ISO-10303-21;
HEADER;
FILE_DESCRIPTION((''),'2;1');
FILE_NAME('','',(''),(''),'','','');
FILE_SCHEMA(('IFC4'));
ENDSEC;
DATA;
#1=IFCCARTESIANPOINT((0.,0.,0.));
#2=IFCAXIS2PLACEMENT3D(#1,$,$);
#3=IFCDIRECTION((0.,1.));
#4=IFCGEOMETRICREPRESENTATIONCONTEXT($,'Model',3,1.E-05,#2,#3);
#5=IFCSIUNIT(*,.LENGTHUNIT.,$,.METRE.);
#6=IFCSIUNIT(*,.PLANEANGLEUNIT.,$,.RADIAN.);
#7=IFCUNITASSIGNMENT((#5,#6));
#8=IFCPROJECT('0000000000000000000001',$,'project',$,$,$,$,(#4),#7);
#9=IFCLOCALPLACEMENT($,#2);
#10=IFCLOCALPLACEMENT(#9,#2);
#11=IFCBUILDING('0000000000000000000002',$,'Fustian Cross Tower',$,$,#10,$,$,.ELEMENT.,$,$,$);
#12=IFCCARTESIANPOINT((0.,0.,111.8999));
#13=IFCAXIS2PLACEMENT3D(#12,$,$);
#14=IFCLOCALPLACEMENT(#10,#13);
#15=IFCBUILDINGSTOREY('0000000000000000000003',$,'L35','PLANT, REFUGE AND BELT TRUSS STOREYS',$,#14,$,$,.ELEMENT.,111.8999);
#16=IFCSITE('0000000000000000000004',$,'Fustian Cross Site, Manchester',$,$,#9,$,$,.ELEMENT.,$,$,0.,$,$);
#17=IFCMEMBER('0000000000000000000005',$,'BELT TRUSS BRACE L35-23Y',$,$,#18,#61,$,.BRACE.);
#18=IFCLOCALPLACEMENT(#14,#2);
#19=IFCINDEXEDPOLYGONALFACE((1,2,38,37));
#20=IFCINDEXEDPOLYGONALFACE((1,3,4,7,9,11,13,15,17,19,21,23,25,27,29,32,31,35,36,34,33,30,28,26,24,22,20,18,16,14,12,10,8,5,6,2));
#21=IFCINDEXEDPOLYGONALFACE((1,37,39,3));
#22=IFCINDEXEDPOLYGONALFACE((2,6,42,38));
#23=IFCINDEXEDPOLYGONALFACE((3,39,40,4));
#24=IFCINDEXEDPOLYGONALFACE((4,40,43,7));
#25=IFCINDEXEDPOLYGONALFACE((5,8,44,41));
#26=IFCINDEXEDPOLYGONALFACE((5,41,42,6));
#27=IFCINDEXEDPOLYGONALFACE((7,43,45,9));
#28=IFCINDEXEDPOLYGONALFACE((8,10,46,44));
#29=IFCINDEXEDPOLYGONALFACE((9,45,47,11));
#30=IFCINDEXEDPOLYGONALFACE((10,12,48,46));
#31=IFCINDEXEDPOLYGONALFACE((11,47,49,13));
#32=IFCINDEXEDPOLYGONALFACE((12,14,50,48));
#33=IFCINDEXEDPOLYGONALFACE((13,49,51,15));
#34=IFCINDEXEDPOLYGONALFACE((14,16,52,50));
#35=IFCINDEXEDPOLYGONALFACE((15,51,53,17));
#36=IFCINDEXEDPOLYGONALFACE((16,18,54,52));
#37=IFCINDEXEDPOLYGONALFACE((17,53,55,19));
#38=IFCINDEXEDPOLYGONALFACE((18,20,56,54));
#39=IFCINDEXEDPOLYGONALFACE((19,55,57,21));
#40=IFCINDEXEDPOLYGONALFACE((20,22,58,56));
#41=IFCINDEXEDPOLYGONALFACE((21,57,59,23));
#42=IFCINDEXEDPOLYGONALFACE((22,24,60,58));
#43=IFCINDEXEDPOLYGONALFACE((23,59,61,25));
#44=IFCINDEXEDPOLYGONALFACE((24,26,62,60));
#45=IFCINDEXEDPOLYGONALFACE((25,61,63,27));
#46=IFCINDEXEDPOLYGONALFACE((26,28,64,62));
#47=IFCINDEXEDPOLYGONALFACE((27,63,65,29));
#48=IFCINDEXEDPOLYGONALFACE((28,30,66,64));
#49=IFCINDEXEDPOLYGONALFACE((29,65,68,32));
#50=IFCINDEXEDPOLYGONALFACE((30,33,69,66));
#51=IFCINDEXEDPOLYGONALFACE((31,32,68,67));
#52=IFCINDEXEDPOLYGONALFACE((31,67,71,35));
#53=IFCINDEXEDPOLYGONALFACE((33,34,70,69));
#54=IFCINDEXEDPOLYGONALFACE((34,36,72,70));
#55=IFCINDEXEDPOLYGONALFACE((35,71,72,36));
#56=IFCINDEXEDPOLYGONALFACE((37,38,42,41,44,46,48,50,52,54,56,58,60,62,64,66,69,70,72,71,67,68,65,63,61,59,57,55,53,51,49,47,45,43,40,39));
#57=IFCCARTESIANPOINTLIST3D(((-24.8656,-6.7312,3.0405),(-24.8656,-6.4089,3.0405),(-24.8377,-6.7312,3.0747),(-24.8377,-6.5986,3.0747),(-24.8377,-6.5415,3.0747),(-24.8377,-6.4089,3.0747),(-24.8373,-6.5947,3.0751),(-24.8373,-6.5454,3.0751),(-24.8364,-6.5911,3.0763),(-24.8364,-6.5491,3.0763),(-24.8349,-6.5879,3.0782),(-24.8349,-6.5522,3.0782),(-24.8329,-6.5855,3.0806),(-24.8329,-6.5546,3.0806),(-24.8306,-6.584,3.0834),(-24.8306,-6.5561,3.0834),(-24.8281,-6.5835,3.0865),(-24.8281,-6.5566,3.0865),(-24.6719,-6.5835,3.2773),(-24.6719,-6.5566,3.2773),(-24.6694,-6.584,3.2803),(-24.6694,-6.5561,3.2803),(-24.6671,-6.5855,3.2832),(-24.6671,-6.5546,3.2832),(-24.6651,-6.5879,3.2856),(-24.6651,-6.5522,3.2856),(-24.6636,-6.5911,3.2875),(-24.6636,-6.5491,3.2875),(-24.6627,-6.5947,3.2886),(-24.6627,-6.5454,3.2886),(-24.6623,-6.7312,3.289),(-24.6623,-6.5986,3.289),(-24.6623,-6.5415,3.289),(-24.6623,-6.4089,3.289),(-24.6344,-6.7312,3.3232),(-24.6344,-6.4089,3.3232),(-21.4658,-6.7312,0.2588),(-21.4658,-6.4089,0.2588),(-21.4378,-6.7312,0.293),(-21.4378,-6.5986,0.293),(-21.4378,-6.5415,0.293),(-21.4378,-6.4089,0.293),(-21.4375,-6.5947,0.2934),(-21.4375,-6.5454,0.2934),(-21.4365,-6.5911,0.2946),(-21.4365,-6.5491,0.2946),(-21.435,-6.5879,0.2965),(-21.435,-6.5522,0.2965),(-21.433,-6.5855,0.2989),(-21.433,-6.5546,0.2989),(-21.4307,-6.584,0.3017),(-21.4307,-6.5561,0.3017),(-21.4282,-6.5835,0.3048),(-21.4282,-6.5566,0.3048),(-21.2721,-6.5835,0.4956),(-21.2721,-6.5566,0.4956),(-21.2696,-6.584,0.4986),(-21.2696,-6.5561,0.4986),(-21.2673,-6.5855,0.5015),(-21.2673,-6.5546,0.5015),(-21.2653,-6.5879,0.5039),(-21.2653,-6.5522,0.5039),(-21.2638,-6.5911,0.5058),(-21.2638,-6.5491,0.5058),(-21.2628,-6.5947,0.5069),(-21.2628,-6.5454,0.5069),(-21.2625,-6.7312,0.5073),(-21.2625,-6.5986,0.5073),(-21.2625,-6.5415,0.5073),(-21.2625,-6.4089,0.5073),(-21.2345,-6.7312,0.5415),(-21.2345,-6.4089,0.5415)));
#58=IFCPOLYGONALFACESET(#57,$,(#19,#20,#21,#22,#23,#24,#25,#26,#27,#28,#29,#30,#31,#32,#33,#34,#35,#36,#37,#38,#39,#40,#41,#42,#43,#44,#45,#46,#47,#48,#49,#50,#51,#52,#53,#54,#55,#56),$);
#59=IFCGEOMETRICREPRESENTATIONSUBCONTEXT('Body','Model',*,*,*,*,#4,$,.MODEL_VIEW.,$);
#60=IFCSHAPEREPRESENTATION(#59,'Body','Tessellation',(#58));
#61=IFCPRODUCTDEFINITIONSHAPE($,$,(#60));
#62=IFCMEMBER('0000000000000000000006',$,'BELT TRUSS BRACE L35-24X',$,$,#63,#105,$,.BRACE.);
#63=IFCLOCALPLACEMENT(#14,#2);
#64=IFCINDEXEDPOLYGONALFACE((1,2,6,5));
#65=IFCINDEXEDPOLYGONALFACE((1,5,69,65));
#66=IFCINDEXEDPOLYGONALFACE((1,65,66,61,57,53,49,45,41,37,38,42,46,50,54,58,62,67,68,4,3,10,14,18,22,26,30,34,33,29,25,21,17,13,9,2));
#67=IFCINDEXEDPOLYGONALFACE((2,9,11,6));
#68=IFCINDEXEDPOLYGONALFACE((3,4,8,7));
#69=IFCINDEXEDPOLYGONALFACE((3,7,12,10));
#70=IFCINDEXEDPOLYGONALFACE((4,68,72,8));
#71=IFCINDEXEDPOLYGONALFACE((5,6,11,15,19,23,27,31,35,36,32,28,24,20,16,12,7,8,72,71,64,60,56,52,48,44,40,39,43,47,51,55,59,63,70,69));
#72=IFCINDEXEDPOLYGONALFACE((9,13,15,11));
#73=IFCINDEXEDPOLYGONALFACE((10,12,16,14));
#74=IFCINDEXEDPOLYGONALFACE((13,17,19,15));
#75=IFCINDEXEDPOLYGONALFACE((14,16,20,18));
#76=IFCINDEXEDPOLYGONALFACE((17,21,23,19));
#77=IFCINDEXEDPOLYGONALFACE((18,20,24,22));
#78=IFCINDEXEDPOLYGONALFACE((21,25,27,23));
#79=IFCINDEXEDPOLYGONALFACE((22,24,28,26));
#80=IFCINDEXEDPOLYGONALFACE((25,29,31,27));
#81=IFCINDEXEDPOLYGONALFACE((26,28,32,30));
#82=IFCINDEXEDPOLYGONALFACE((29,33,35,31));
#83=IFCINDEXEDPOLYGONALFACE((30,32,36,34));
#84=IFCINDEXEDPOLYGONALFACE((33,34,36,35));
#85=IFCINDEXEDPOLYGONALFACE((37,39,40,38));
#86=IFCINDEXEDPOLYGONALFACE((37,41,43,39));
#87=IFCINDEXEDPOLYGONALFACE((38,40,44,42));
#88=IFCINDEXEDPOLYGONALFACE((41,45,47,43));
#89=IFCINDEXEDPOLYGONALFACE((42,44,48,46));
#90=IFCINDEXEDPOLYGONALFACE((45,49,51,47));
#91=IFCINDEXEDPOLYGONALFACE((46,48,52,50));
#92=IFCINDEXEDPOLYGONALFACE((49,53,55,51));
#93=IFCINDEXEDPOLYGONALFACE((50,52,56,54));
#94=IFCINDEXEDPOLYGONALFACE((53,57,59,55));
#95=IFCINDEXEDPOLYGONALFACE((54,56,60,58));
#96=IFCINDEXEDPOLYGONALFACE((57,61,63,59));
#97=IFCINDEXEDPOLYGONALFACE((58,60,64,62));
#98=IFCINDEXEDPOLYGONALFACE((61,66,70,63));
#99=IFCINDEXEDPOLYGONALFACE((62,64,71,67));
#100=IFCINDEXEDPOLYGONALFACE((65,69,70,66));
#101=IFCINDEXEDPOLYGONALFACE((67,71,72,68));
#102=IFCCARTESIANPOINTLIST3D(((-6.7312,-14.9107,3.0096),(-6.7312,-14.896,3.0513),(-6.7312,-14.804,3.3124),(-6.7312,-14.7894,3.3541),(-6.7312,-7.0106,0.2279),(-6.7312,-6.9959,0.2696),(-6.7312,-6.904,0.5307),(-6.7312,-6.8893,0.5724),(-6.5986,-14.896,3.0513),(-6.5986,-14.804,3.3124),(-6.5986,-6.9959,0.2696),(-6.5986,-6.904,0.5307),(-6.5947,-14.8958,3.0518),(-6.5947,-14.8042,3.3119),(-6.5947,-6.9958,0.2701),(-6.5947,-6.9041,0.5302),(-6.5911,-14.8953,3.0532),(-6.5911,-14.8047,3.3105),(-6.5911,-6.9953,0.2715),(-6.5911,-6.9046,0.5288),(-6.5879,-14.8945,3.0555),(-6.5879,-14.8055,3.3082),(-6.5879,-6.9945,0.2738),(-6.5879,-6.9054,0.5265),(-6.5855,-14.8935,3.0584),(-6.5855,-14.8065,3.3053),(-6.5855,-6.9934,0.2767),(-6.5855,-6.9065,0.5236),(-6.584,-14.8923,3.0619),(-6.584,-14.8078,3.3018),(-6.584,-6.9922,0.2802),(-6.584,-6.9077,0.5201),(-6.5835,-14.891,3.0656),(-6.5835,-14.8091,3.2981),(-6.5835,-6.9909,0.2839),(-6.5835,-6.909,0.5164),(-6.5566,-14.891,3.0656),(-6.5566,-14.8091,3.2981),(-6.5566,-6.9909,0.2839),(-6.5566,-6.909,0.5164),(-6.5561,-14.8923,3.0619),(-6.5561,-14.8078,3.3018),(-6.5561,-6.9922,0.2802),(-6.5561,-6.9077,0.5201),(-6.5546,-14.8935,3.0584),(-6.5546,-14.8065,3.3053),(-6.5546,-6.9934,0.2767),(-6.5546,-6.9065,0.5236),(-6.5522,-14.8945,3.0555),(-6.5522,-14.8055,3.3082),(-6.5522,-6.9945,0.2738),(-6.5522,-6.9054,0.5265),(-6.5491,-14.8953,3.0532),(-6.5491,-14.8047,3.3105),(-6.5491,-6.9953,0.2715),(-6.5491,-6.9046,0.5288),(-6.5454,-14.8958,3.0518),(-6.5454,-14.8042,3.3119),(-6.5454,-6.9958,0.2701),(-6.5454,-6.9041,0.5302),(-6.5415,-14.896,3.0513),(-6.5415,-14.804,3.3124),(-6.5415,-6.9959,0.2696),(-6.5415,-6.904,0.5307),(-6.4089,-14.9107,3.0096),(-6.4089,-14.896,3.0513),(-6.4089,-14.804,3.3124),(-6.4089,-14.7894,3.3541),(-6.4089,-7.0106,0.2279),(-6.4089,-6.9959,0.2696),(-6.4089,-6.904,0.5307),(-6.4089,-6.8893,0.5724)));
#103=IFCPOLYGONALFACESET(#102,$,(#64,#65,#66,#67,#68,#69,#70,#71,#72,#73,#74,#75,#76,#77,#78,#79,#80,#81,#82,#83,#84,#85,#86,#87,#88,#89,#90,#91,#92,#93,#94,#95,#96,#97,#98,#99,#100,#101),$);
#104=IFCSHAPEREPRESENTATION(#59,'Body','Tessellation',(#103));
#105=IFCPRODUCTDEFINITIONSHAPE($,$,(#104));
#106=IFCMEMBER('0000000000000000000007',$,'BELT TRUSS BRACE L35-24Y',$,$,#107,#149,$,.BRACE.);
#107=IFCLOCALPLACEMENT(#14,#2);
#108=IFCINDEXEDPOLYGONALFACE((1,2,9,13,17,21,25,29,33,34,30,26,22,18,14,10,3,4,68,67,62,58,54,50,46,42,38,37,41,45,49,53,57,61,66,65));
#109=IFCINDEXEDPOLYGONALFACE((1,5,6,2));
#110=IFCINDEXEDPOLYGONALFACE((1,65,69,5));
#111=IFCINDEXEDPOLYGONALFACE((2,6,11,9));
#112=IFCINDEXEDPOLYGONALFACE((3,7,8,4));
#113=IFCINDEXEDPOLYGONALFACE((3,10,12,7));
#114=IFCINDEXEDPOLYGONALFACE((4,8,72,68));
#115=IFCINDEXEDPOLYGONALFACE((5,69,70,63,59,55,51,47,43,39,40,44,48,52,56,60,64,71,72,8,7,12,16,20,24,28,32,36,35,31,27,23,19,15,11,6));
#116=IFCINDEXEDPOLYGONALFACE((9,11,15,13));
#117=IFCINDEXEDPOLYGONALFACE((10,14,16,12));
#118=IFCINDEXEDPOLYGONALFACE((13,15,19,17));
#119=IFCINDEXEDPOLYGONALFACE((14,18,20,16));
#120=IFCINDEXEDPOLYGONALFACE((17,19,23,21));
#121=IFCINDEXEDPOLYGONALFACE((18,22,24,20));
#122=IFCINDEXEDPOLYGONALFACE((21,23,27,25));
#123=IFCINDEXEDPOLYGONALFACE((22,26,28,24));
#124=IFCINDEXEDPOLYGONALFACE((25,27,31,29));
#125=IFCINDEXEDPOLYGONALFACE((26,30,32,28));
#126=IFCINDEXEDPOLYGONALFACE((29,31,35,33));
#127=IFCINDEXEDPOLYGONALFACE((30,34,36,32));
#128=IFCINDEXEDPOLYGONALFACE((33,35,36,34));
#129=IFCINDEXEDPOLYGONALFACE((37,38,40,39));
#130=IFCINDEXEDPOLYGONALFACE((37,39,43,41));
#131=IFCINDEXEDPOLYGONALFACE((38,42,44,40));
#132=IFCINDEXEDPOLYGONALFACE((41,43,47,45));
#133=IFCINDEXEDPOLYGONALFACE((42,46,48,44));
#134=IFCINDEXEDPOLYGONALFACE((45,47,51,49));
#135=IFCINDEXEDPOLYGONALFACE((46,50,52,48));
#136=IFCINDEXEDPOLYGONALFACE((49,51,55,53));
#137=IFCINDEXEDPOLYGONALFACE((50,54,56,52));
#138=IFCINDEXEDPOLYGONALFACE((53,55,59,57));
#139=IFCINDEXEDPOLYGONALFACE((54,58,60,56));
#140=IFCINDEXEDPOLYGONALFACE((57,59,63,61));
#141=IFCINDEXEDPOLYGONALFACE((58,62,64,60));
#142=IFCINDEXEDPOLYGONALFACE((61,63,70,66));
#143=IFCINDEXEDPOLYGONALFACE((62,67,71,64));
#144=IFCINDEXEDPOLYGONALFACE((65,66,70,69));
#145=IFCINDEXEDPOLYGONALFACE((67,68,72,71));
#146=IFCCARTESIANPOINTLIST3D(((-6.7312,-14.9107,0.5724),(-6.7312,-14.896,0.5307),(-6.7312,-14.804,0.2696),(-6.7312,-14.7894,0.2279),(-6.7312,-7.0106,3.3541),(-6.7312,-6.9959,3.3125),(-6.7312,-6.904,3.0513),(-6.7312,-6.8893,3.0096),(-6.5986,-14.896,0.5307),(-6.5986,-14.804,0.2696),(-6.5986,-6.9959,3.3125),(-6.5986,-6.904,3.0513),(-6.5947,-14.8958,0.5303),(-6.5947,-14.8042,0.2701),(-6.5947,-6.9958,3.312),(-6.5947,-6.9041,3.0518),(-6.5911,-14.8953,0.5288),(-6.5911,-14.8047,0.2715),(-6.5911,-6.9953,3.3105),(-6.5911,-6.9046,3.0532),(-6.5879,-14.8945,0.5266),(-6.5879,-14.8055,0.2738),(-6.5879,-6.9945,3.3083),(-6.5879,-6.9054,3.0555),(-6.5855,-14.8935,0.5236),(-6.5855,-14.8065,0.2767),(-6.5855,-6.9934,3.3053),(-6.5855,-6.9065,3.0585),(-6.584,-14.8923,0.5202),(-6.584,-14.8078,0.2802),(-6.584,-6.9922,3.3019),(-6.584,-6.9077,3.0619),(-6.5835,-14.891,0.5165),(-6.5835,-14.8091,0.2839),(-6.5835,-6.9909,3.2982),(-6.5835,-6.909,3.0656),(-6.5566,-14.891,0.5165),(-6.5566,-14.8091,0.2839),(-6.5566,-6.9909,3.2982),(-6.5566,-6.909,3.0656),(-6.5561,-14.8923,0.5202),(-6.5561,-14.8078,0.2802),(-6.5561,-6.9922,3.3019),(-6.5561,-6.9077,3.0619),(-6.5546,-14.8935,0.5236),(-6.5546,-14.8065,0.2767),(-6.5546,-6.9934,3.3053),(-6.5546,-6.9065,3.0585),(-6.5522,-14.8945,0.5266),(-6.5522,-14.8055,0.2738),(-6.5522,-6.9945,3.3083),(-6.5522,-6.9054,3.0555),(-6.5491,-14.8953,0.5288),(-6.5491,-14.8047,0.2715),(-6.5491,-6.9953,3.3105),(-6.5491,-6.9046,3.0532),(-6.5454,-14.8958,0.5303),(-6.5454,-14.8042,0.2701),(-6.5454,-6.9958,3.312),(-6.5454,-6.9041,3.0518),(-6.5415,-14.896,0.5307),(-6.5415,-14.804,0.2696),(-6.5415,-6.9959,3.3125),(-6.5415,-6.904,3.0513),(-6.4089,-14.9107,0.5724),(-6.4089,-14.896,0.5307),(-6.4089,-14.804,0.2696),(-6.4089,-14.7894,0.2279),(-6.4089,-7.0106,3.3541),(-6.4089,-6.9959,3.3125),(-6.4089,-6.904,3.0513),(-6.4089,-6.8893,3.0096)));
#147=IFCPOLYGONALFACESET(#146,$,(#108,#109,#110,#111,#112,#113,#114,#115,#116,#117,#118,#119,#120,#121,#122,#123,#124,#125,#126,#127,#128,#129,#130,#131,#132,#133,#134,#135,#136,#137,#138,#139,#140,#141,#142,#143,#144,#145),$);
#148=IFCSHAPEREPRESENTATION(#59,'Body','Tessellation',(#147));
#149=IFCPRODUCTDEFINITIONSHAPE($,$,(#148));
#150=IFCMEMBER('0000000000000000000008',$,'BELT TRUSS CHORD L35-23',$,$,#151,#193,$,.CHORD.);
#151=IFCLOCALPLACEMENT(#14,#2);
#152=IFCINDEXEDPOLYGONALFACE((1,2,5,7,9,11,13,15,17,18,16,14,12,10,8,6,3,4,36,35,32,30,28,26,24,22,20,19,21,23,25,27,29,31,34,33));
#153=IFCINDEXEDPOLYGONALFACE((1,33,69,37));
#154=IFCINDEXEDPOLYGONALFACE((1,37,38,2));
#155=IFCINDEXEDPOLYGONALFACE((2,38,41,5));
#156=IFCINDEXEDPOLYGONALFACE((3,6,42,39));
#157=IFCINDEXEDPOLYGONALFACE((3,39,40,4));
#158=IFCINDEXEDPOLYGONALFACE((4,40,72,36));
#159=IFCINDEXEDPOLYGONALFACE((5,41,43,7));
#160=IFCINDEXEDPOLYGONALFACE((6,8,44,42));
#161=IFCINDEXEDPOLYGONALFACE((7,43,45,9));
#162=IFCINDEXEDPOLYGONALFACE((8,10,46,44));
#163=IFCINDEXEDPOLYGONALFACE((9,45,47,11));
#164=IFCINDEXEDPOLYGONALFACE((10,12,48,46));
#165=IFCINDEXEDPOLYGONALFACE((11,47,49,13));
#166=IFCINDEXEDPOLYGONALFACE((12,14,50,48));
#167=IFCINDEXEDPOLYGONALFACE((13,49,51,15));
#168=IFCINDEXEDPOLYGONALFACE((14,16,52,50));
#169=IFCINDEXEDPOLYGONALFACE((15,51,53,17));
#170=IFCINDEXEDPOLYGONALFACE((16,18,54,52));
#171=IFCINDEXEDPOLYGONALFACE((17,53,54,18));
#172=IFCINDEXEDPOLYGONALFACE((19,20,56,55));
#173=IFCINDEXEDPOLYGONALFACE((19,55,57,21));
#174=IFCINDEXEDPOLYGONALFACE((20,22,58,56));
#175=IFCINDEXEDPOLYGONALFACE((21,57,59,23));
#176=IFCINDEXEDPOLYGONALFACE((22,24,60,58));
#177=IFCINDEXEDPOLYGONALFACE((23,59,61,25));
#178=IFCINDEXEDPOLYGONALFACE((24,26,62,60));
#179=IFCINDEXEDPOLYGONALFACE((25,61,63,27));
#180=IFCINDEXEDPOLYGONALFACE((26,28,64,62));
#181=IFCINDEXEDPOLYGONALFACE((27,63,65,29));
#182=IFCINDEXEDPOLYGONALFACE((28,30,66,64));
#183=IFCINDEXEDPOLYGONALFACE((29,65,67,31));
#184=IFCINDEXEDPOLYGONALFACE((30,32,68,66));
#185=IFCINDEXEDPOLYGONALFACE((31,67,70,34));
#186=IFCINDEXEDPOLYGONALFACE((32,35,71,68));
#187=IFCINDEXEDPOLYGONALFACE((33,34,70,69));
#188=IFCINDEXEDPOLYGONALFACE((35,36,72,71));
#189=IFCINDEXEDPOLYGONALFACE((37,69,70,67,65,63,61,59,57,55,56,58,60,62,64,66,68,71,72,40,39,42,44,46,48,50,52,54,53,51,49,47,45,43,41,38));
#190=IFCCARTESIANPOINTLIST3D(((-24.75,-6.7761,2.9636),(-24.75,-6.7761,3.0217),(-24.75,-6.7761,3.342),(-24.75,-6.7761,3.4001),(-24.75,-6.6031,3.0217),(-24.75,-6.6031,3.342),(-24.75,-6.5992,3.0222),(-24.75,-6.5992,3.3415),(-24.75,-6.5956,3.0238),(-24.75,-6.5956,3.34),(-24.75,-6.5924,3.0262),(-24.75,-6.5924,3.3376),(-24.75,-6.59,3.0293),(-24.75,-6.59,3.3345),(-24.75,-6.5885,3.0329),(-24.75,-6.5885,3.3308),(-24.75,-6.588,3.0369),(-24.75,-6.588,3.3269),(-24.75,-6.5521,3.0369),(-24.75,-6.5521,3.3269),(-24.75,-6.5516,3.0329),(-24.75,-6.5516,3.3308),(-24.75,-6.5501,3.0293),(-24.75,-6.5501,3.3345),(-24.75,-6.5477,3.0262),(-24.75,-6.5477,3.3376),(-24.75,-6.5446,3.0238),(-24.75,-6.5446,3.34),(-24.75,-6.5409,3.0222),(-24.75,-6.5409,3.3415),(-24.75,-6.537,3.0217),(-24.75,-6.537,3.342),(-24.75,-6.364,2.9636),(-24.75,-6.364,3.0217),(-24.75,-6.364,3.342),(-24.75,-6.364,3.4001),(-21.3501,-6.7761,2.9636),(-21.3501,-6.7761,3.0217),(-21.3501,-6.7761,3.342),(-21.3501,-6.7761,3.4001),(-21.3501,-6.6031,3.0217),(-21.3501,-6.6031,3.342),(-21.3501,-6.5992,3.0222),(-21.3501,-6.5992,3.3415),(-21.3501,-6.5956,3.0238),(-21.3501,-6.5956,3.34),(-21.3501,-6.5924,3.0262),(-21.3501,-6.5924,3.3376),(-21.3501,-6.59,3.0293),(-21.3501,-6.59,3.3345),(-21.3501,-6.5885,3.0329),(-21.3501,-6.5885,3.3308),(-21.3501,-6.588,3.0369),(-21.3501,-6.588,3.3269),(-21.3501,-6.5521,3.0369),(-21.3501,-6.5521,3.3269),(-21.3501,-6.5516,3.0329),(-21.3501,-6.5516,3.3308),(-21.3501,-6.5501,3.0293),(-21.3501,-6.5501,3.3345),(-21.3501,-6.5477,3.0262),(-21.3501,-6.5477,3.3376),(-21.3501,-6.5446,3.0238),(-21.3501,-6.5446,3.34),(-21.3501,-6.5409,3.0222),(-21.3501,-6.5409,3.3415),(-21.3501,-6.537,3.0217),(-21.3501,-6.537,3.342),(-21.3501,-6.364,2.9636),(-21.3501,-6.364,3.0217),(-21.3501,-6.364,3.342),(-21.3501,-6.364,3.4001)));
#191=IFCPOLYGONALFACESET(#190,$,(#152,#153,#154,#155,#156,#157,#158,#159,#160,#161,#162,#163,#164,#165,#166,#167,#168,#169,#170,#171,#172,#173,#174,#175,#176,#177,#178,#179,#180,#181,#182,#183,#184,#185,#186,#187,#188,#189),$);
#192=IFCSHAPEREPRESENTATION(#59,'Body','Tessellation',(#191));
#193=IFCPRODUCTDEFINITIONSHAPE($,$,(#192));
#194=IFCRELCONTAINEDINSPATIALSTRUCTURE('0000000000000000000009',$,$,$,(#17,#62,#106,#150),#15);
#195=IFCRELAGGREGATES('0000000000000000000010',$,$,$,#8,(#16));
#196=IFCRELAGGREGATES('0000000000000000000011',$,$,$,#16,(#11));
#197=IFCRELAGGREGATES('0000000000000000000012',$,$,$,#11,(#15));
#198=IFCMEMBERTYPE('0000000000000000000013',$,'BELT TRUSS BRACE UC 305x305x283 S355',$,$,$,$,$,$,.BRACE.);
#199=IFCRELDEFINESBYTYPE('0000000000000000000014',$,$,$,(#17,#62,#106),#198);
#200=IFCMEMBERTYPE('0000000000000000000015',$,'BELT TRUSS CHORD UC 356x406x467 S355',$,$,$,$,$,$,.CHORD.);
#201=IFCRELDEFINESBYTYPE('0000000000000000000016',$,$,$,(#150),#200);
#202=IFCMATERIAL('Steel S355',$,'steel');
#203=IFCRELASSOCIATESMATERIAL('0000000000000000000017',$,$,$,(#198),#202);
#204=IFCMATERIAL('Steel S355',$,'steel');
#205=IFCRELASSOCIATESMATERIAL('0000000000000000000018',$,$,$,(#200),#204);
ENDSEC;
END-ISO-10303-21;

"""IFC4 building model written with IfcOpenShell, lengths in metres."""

from ifc_helpers import new_model, si_unit, direction, frame, origin, origin_2d, place, context, subcontext, project, spatial, i_section, extrude, material, material_profile, profile_set, type_object, element, save


model = new_model("IFC4")

# Units and contexts
model_context = context("Model", 3, precision=1e-05, world=origin(), true_north=direction((0.0, 1.0)))
body_context = subcontext(model_context, "Body", "Model", "MODEL_VIEW")
ifc_project = project(units=[si_unit("LENGTHUNIT", "METRE"), si_unit("PLANEANGLEUNIT", "RADIAN")], contexts=[model_context])

# Site, building, storey
site_placement = place(None, origin())
site = spatial("IfcSite", under=ifc_project, at=site_placement, Name="Fustian Cross Site, Manchester", CompositionType="ELEMENT", RefElevation=0.0)
building_placement = place(site_placement, origin())
building = spatial("IfcBuilding", under=site, at=building_placement, Name="Fustian Cross Tower", CompositionType="ELEMENT")
storey_placement = place(building_placement, frame((0.0, 0.0, 111.8999)))
storey = spatial("IfcBuildingStorey", under=building, at=storey_placement, Name="L35", Description="PLANT, REFUGE AND BELT TRUSS STOREYS", CompositionType="ELEMENT", Elevation=111.8999)

# Members
ifc_material_1 = material(Name="Steel S355", Category="steel")
ifc_material_profile_1 = material_profile(ifc_material_1, i_section(OverallWidth=0.3223, OverallDepth=0.3652, WebThickness=0.0269, FlangeThickness=0.0442, FilletRadius=0.0151, at=origin_2d()), Name="UC 305x305x283")
ifc_profile_set_1 = profile_set([ifc_material_profile_1], Name="Steel S355")
member_type_1 = type_object("IfcMemberType", Name="BELT TRUSS BRACE UC 305x305x283 S355", PredefinedType="BRACE", material=ifc_profile_set_1)
for number, where, z_axis, x_axis, name in (
    (1, (-24.75, -6.5701, 3.1819), (0.773957, 0.0, -0.633238), (0.0, 1.0, 0.0), "BELT TRUSS BRACE L35-23Y"),
):
    element("IfcMember", number, at=place(storey_placement, frame(where, z_axis=z_axis, x_axis=x_axis)), inside=storey, type_object=member_type_1, Name=name, PredefinedType="BRACE", context=body_context, shape_type="SweptSolid", body=[
        extrude(i_section(OverallWidth=0.3223, OverallDepth=0.3652, WebThickness=0.0269, FlangeThickness=0.0442, FilletRadius=0.0151, at=origin_2d()), origin(), (0.0, 0.0, 1.0), 4.3928),
    ])
for number, where, z_axis, x_axis, name in (
    (2, (-6.5701, -6.95, 0.4001), (0.0, -0.943235, 0.332125), (1.0, 0.0, 0.0), "BELT TRUSS BRACE L35-24X"),
    (3, (-6.5701, -6.95, 3.1819), (0.0, -0.943235, -0.332125), (1.0, 0.0, 0.0), "BELT TRUSS BRACE L35-24Y"),
):
    element("IfcMember", number, at=place(storey_placement, frame(where, z_axis=z_axis, x_axis=x_axis)), inside=storey, type_object=member_type_1, Name=name, PredefinedType="BRACE", context=body_context, shape_type="SweptSolid", body=[
        extrude(i_section(OverallWidth=0.3223, OverallDepth=0.3652, WebThickness=0.0269, FlangeThickness=0.0442, FilletRadius=0.0151, at=origin_2d()), origin(), (0.0, 0.0, 1.0), 8.3755),
    ])
ifc_material_2 = material(Name="Steel S355", Category="steel")
ifc_material_profile_2 = material_profile(ifc_material_2, i_section(OverallWidth=0.4121, OverallDepth=0.4365, WebThickness=0.0359, FlangeThickness=0.0581, FilletRadius=0.0151, at=origin_2d()), Name="UC 356x406x467")
ifc_profile_set_2 = profile_set([ifc_material_profile_2], Name="Steel S355")
member_type_2 = type_object("IfcMemberType", Name="BELT TRUSS CHORD UC 356x406x467 S355", PredefinedType="CHORD", material=ifc_profile_set_2)
for number, where, z_axis, x_axis, name in (
    (4, (-24.75, -6.5701, 3.1819), (1.0, 0.0, 0.0), (0.0, 1.0, 0.0), "BELT TRUSS CHORD L35-23"),
):
    element("IfcMember", number, at=place(storey_placement, frame(where, z_axis=z_axis, x_axis=x_axis)), inside=storey, type_object=member_type_2, Name=name, PredefinedType="CHORD", context=body_context, shape_type="SweptSolid", body=[
        extrude(i_section(OverallWidth=0.4121, OverallDepth=0.4365, WebThickness=0.0359, FlangeThickness=0.0581, FilletRadius=0.0151, at=origin_2d()), origin(), (0.0, 0.0, 1.0), 3.3999),
    ])

save(model, "model.ifc")
